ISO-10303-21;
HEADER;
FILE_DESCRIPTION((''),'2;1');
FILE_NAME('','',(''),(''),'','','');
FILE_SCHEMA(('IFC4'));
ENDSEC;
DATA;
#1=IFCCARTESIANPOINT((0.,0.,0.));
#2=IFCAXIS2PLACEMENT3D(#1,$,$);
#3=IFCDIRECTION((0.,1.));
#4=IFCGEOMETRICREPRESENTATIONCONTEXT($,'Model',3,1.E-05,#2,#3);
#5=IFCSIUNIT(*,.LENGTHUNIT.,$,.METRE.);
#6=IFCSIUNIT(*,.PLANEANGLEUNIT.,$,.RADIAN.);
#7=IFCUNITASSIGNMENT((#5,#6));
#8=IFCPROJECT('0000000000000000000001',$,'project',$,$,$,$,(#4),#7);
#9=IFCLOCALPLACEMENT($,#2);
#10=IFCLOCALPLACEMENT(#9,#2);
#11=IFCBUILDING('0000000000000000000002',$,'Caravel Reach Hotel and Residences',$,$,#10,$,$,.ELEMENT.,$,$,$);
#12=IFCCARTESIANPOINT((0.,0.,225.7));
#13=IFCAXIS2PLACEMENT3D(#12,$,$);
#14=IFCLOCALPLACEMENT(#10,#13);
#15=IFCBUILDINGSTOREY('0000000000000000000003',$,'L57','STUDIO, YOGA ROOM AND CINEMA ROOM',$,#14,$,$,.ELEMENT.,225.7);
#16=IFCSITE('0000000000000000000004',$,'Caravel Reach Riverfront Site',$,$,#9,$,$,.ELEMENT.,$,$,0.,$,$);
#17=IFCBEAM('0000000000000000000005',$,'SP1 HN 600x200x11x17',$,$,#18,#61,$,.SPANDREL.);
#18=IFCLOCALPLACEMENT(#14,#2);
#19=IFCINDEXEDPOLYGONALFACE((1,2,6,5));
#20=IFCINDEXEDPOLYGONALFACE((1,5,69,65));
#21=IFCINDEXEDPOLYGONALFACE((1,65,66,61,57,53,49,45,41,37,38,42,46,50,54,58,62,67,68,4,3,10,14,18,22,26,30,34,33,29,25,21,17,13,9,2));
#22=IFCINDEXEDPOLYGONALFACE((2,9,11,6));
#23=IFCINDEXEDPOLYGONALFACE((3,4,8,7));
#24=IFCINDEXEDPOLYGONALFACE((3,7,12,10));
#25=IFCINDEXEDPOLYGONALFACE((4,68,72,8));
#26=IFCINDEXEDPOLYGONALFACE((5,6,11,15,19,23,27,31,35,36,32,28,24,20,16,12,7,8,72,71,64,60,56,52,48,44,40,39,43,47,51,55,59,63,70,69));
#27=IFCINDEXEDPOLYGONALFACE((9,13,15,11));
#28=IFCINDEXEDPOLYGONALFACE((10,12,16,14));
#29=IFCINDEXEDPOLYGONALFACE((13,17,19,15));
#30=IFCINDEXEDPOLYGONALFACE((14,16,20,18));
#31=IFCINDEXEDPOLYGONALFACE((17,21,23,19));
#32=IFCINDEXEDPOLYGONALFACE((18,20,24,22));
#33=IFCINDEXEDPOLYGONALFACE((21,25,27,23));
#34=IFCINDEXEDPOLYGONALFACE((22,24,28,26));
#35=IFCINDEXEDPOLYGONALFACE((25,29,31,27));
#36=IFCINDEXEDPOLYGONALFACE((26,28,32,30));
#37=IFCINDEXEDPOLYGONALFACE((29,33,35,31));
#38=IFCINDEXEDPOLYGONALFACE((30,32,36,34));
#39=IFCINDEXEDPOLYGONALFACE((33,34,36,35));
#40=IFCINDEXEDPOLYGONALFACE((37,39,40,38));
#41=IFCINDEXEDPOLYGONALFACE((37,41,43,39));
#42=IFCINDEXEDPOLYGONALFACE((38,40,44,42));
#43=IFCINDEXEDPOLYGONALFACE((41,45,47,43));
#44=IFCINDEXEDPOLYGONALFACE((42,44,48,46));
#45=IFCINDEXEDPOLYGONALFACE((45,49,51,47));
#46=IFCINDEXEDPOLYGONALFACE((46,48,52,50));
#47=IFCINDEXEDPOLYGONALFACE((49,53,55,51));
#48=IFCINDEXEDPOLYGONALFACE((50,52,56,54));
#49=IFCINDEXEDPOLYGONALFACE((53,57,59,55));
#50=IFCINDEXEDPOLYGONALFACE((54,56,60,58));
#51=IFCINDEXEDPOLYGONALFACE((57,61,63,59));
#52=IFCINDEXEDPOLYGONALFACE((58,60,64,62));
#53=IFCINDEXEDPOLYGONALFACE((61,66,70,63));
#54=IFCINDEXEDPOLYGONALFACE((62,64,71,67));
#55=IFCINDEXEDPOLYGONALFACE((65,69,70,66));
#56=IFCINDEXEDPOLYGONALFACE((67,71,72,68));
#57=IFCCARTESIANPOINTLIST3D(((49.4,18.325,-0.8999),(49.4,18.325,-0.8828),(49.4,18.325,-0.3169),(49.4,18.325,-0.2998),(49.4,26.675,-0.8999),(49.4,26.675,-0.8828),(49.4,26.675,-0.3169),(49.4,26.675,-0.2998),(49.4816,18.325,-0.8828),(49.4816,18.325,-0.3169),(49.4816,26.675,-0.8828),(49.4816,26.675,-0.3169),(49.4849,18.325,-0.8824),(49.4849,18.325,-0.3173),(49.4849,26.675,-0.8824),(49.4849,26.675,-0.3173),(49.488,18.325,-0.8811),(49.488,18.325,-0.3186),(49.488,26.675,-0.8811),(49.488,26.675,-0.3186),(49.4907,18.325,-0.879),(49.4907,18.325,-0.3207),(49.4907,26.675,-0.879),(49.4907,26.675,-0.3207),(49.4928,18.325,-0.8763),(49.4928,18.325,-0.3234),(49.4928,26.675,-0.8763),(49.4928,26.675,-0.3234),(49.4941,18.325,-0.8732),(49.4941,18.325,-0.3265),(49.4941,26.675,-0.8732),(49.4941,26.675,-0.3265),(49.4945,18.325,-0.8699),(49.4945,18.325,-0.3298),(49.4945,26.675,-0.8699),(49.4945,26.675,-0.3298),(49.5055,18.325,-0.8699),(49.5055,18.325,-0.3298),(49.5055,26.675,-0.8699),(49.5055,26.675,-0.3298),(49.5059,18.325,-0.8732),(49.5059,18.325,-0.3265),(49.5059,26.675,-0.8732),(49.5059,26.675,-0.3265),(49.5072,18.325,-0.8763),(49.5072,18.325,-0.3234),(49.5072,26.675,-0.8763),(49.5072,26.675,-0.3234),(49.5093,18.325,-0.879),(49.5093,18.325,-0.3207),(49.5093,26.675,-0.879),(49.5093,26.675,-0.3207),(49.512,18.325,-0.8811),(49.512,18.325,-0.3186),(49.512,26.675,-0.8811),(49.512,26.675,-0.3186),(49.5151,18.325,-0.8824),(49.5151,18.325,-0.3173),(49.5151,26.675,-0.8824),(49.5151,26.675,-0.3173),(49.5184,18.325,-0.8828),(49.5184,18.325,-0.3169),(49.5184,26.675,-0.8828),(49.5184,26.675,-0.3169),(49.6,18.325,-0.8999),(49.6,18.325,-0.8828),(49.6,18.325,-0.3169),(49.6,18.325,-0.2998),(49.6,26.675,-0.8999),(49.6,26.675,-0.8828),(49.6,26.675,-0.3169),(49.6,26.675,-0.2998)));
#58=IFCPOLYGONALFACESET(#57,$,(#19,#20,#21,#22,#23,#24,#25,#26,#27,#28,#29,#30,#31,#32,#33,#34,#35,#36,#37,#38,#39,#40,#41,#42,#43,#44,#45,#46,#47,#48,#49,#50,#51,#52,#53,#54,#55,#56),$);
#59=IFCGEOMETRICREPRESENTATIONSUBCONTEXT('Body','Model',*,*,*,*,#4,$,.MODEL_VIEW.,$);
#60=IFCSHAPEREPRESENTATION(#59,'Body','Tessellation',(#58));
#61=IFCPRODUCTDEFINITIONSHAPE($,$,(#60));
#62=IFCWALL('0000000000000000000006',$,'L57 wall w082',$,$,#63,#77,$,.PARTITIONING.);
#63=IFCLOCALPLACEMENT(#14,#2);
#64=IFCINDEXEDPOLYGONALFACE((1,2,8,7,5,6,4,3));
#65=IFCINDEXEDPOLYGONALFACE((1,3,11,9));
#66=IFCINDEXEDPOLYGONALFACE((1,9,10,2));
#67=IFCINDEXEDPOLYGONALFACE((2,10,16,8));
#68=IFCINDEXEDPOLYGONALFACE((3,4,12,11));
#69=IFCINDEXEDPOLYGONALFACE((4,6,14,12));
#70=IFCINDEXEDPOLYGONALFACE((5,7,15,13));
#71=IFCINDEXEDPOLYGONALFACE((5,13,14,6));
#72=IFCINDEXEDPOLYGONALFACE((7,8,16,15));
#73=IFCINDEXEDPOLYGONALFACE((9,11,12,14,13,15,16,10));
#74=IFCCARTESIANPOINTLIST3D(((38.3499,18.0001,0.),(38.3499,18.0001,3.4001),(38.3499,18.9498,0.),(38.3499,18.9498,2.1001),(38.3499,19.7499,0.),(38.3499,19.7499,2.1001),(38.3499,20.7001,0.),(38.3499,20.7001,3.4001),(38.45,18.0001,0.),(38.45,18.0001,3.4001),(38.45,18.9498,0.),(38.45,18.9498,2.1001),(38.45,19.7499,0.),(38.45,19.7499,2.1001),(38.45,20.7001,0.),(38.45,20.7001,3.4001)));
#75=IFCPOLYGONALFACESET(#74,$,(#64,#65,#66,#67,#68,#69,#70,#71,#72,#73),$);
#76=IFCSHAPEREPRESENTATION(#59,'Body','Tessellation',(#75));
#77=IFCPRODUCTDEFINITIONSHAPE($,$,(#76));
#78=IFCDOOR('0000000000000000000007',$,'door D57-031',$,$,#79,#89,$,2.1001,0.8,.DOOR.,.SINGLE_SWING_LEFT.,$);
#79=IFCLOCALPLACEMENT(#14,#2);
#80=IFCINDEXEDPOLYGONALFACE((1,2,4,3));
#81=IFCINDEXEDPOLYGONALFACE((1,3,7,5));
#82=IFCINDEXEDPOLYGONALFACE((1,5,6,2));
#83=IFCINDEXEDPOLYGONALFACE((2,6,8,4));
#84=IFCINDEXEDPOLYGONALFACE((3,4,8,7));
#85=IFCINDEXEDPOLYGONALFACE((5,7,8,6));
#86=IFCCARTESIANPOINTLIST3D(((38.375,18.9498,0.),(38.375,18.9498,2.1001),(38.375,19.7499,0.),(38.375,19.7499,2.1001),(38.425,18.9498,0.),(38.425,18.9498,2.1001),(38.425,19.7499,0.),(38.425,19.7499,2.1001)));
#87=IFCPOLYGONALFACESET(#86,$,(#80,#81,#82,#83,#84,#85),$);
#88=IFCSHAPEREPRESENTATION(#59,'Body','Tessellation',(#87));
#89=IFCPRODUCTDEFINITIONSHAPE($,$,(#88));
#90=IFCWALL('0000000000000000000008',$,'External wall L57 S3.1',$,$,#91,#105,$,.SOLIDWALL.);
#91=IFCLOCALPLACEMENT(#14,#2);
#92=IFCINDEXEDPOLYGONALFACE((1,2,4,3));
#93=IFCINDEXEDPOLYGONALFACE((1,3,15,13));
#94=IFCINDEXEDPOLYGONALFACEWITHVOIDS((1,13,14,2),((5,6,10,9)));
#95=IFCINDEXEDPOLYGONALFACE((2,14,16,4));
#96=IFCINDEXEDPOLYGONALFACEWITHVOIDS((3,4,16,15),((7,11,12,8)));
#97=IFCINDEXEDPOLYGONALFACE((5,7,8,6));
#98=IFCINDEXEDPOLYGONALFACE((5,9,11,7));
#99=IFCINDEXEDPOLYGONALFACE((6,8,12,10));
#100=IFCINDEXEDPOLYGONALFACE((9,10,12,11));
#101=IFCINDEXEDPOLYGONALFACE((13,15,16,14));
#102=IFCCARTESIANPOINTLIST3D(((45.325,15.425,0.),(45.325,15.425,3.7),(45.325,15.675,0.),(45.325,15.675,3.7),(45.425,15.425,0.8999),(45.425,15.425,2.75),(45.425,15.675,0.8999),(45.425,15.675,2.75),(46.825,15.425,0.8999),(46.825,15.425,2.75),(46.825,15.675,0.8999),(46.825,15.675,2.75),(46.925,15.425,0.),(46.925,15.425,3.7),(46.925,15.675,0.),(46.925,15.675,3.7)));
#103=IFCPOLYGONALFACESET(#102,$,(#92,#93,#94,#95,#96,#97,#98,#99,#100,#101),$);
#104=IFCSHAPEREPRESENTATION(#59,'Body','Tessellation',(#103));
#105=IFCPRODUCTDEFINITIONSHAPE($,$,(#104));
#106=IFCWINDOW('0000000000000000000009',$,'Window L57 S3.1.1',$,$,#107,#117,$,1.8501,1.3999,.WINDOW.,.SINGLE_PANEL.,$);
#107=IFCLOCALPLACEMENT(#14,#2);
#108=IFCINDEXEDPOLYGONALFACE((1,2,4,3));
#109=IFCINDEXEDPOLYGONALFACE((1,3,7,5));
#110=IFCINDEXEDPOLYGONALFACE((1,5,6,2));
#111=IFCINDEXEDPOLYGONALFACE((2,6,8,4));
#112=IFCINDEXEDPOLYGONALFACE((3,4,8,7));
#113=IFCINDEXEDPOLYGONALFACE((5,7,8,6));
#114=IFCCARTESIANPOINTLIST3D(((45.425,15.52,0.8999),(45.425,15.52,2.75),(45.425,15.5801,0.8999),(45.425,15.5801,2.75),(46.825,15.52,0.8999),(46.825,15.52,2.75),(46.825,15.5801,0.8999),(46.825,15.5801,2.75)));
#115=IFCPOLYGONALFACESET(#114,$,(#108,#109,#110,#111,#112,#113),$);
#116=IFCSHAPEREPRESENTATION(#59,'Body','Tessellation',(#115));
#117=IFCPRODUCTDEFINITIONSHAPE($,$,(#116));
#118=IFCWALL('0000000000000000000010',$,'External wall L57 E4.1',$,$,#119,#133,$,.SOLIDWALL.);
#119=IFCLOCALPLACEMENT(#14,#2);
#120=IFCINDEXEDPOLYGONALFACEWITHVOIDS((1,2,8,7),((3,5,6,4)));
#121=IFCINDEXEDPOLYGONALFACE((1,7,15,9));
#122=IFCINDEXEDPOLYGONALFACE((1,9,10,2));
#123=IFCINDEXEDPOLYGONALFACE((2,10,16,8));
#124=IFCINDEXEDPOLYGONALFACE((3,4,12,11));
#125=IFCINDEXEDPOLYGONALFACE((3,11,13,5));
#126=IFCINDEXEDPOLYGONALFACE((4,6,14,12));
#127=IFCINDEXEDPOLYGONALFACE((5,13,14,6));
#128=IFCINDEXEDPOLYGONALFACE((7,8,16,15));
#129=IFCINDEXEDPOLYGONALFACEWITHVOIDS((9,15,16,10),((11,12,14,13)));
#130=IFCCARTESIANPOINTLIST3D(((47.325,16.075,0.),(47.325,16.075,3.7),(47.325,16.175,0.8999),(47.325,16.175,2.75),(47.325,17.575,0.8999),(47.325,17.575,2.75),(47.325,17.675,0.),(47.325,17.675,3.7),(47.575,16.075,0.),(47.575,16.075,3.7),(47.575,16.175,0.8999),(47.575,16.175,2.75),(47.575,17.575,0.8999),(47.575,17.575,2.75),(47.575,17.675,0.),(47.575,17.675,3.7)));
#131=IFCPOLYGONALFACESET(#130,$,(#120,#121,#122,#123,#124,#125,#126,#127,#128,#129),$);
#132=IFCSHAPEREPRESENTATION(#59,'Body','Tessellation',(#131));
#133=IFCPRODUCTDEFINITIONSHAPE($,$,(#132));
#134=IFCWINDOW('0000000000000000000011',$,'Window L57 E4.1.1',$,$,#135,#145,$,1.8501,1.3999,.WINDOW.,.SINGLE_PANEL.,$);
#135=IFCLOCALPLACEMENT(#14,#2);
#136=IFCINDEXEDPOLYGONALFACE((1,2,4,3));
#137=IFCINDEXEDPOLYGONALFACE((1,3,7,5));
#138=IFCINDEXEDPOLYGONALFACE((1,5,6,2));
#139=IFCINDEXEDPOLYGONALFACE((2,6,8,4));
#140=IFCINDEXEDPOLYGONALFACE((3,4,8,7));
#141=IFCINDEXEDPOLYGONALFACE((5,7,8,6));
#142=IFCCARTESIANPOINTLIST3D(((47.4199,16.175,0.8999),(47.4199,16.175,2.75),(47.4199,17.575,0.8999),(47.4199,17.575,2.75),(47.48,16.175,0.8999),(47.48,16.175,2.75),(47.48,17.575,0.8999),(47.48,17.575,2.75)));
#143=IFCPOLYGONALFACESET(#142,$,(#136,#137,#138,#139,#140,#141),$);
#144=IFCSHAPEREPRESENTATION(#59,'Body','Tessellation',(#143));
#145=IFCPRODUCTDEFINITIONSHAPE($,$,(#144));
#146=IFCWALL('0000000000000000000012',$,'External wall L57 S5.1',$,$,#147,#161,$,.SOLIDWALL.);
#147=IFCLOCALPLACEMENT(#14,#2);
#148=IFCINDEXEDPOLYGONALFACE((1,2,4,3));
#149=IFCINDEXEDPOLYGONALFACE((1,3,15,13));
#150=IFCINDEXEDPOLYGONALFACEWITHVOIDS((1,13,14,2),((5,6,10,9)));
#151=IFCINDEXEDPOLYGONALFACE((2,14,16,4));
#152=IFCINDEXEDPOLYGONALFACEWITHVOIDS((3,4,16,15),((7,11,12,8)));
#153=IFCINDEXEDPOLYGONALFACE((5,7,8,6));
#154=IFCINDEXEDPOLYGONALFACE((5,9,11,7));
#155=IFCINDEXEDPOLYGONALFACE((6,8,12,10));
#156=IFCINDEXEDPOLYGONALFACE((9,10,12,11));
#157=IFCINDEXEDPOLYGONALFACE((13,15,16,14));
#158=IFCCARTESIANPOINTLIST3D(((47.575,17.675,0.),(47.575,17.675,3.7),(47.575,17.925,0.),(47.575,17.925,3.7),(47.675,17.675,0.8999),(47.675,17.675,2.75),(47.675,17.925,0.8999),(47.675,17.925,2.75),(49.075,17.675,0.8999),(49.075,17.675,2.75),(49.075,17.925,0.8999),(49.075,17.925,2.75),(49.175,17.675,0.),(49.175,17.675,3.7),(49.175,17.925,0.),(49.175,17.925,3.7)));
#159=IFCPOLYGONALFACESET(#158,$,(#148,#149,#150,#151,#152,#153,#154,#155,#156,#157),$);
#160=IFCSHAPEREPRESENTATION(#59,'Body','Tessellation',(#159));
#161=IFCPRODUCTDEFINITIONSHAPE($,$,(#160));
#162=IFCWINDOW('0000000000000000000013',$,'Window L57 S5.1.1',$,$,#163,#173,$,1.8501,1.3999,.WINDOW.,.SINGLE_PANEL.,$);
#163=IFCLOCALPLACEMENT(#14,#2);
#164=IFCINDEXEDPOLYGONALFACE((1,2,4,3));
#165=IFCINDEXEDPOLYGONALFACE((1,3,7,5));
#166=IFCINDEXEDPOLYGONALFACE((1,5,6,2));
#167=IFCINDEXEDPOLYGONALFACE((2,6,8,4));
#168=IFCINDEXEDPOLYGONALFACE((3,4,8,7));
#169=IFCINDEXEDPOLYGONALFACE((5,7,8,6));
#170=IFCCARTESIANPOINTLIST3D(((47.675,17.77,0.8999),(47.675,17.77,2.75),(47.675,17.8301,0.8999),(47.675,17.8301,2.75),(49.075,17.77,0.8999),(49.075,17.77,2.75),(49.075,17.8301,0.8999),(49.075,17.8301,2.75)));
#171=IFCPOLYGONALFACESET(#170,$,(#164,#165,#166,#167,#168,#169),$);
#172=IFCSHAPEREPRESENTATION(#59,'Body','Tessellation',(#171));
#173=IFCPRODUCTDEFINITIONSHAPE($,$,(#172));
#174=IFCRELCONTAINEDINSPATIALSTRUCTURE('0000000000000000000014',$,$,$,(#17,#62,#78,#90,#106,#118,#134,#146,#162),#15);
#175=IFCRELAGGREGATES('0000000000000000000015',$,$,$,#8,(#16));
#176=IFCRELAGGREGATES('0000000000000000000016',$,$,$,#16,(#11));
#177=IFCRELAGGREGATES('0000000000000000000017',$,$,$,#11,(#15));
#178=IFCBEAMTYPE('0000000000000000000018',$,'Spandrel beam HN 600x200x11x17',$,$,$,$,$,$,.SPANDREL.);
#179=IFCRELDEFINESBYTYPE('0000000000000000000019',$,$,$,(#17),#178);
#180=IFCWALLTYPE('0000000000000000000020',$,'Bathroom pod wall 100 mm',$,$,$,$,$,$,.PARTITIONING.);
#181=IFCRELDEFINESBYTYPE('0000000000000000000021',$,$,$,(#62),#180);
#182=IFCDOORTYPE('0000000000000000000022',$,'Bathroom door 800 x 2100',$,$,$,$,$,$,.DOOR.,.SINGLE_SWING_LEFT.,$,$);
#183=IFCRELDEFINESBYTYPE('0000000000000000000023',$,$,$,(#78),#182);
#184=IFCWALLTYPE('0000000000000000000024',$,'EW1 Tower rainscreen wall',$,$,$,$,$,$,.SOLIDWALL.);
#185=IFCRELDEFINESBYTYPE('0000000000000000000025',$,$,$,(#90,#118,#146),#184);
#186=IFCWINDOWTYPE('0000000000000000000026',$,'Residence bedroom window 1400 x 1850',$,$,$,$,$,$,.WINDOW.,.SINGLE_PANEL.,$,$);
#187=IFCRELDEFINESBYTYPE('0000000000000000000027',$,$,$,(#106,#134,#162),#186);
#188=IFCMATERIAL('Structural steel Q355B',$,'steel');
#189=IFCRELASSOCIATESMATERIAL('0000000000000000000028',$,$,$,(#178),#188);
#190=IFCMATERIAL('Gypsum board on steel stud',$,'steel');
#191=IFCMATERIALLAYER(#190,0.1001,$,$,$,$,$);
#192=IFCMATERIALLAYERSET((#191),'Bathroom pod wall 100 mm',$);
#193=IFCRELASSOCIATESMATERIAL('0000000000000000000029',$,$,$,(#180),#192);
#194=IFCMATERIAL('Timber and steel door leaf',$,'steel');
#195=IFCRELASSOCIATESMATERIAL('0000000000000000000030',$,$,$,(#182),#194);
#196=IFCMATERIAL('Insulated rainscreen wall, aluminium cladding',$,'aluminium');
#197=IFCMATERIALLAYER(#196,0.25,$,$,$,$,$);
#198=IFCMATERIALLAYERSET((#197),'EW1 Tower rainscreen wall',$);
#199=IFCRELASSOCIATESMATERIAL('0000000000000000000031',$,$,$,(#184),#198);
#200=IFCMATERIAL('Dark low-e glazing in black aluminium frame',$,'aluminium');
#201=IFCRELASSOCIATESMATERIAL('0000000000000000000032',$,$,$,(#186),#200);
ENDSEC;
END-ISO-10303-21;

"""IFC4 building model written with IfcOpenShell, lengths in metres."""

from ifc_helpers import new_model, si_unit, direction, frame, frame_2d, origin, origin_2d, place, context, subcontext, project, spatial, rectangle, i_section, extrude, material, layer, layer_set, material_profile, profile_set, type_object, element, fill, save


model = new_model("IFC4")

# Units and contexts
model_context = context("Model", 3, precision=1e-05, world=origin(), true_north=direction((0.0, 1.0)))
body_context = subcontext(model_context, "Body", "Model", "MODEL_VIEW")
ifc_project = project(units=[si_unit("LENGTHUNIT", "METRE"), si_unit("PLANEANGLEUNIT", "RADIAN")], contexts=[model_context])

# Site, building, storey
site_placement = place(None, origin())
site = spatial("IfcSite", under=ifc_project, at=site_placement, Name="Caravel Reach Riverfront Site", CompositionType="ELEMENT", RefElevation=0.0)
building_placement = place(site_placement, origin())
building = spatial("IfcBuilding", under=site, at=building_placement, Name="Caravel Reach Hotel and Residences", CompositionType="ELEMENT")
storey_placement = place(building_placement, frame((0.0, 0.0, 225.7)))
storey = spatial("IfcBuildingStorey", under=building, at=storey_placement, Name="L57", Description="STUDIO, YOGA ROOM AND CINEMA ROOM", CompositionType="ELEMENT", Elevation=225.7)

# Beam
ifc_material_1 = material(Name="Structural steel Q355B", Category="steel")
ifc_material_profile_1 = material_profile(ifc_material_1, i_section(OverallWidth=0.2, OverallDepth=0.6001, WebThickness=0.011, FlangeThickness=0.0171, FilletRadius=0.0129, at=origin_2d()), Name="HN 600x200x11x17")
ifc_profile_set_1 = profile_set([ifc_material_profile_1], Name="Structural steel Q355B")
beam_type = type_object("IfcBeamType", Name="Spandrel beam HN 600x200x11x17", PredefinedType="SPANDREL", material=ifc_profile_set_1)
beam_placement = place(storey_placement, frame((49.5, 18.325, -0.5999), z_axis=(0.0, 1.0, 0.0), x_axis=(-1.0, 0.0, 0.0)))
element("IfcBeam", 1, at=beam_placement, inside=storey, type_object=beam_type, Name="SP1 HN 600x200x11x17", PredefinedType="SPANDREL", context=body_context, shape_type="SweptSolid", body=[
    extrude(i_section(OverallWidth=0.2, OverallDepth=0.6001, WebThickness=0.011, FlangeThickness=0.0171, FilletRadius=0.0129, at=origin_2d()), origin(), (0.0, 0.0, 1.0), 8.3501),
])

# Wall, opening, door
ifc_material_2 = material(Name="Gypsum board on steel stud", Category="steel")
ifc_layer_1 = layer(ifc_material_2, 0.1001)
ifc_layer_set_1 = layer_set([ifc_layer_1], Name="Bathroom pod wall 100 mm")
wall_type_1 = type_object("IfcWallType", Name="Bathroom pod wall 100 mm", PredefinedType="PARTITIONING", material=ifc_layer_set_1)
wall_1_placement = place(storey_placement, frame((38.3999, 18.0, 0.0), z_axis=(0.0, 0.0, 1.0), x_axis=(0.0, 1.0, 0.0)))
wall_1 = element("IfcWall", 2, at=wall_1_placement, inside=storey, type_object=wall_type_1, Name="L57 wall w082", PredefinedType="PARTITIONING", context=body_context, shape_type="SweptSolid", body=[
    extrude(rectangle(XDim=2.7, YDim=0.1001, at=frame_2d((1.3501, 0.0))), origin(), (0.0, 0.0, 1.0), 3.4001),
])
opening_1_placement = place(wall_1_placement, frame((0.95, 0.0, 0.0)))
opening_1 = element("IfcOpeningElement", 3, at=opening_1_placement, cuts=wall_1, PredefinedType="OPENING", context=body_context, shape_type="SweptSolid", body=[
    extrude(rectangle(XDim=0.8, YDim=2.1001, at=frame_2d((0.3999, 1.05))), frame((0.0, 0.0601, 0.0), z_axis=(0.0, -1.0, 0.0), x_axis=(1.0, 0.0, 0.0)), (0.0, 0.0, 1.0), 0.1201),
])
ifc_material_3 = material(Name="Timber and steel door leaf", Category="steel")
door_type_1 = type_object("IfcDoorType", Name="Bathroom door 800 x 2100", OperationType="SINGLE_SWING_LEFT", PredefinedType="DOOR", material=ifc_material_3)
door_1_placement = place(opening_1_placement, origin())
door_1 = element("IfcDoor", 4, at=door_1_placement, inside=storey, type_object=door_type_1, Name="door D57-031", OperationType="SINGLE_SWING_LEFT", OverallHeight=2.1001, OverallWidth=0.8, PredefinedType="DOOR", context=body_context, shape_type="SweptSolid", body=[
    extrude(rectangle(XDim=0.8, YDim=2.1001, at=frame_2d((0.3999, 1.05))), frame((0.0, 0.0249, 0.0), z_axis=(0.0, -1.0, 0.0), x_axis=(1.0, 0.0, 0.0)), (0.0, 0.0, 1.0), 0.05),
])
fill(opening_1, door_1)

# Walls, openings, windows
ifc_material_4 = material(Name="Insulated rainscreen wall, aluminium cladding", Category="aluminium")
ifc_layer_2 = layer(ifc_material_4, 0.25)
ifc_layer_set_2 = layer_set([ifc_layer_2], Name="EW1 Tower rainscreen wall")
wall_type_2 = type_object("IfcWallType", Name="EW1 Tower rainscreen wall", PredefinedType="SOLIDWALL", material=ifc_layer_set_2)
wall_2_placement = place(storey_placement, frame((45.325, 15.55, 0.0), z_axis=(0.0, 0.0, 1.0), x_axis=(1.0, 0.0, 0.0)))
wall_2 = element("IfcWall", 5, at=wall_2_placement, inside=storey, type_object=wall_type_2, Name="External wall L57 S3.1", PredefinedType="SOLIDWALL", context=body_context, shape_type="SweptSolid", body=[
    extrude(rectangle(XDim=1.6001, YDim=0.25, at=frame_2d((0.8, 0.0))), origin(), (0.0, 0.0, 1.0), 3.7),
])
opening_2_placement = place(wall_2_placement, frame((0.1001, 0.0, 0.8999)))
opening_2 = element("IfcOpeningElement", 6, at=opening_2_placement, cuts=wall_2, PredefinedType="OPENING", context=body_context, shape_type="SweptSolid", body=[
    extrude(rectangle(XDim=1.3999, YDim=1.8501, at=frame_2d((0.7, 0.925))), frame((0.0, 0.135, 0.0), z_axis=(0.0, -1.0, 0.0), x_axis=(1.0, 0.0, 0.0)), (0.0, 0.0, 1.0), 0.27),
])
ifc_material_5 = material(Name="Dark low-e glazing in black aluminium frame", Category="aluminium")
window_type_1 = type_object("IfcWindowType", Name="Residence bedroom window 1400 x 1850", PartitioningType="SINGLE_PANEL", PredefinedType="WINDOW", material=ifc_material_5)
window_1_placement = place(opening_2_placement, origin())
window_1 = element("IfcWindow", 7, at=window_1_placement, inside=storey, type_object=window_type_1, Name="Window L57 S3.1.1", OverallHeight=1.8501, OverallWidth=1.3999, PartitioningType="SINGLE_PANEL", PredefinedType="WINDOW", context=body_context, shape_type="SweptSolid", body=[
    extrude(rectangle(XDim=1.3999, YDim=1.8501, at=frame_2d((0.7, 0.925))), frame((0.0, 0.03, 0.0), z_axis=(0.0, -1.0, 0.0), x_axis=(1.0, 0.0, 0.0)), (0.0, 0.0, 1.0), 0.0601),
])
fill(opening_2, window_1)
wall_3_placement = place(storey_placement, frame((47.45, 16.075, 0.0), z_axis=(0.0, 0.0, 1.0), x_axis=(0.0, 1.0, 0.0)))
wall_3 = element("IfcWall", 8, at=wall_3_placement, inside=storey, type_object=wall_type_2, Name="External wall L57 E4.1", PredefinedType="SOLIDWALL", context=body_context, shape_type="SweptSolid", body=[
    extrude(rectangle(XDim=1.6001, YDim=0.25, at=frame_2d((0.8, 0.0))), origin(), (0.0, 0.0, 1.0), 3.7),
])
opening_3_placement = place(wall_3_placement, frame((0.1001, 0.0, 0.8999)))
opening_3 = element("IfcOpeningElement", 9, at=opening_3_placement, cuts=wall_3, PredefinedType="OPENING", context=body_context, shape_type="SweptSolid", body=[
    extrude(rectangle(XDim=1.3999, YDim=1.8501, at=frame_2d((0.7, 0.925))), frame((0.0, 0.135, 0.0), z_axis=(0.0, -1.0, 0.0), x_axis=(1.0, 0.0, 0.0)), (0.0, 0.0, 1.0), 0.27),
])
window_2_placement = place(opening_3_placement, origin())
window_2 = element("IfcWindow", 10, at=window_2_placement, inside=storey, type_object=window_type_1, Name="Window L57 E4.1.1", OverallHeight=1.8501, OverallWidth=1.3999, PartitioningType="SINGLE_PANEL", PredefinedType="WINDOW", context=body_context, shape_type="SweptSolid", body=[
    extrude(rectangle(XDim=1.3999, YDim=1.8501, at=frame_2d((0.7, 0.925))), frame((0.0, 0.03, 0.0), z_axis=(0.0, -1.0, 0.0), x_axis=(1.0, 0.0, 0.0)), (0.0, 0.0, 1.0), 0.0601),
])
fill(opening_3, window_2)
wall_4_placement = place(storey_placement, frame((47.575, 17.8, 0.0), z_axis=(0.0, 0.0, 1.0), x_axis=(1.0, 0.0, 0.0)))
wall_4 = element("IfcWall", 11, at=wall_4_placement, inside=storey, type_object=wall_type_2, Name="External wall L57 S5.1", PredefinedType="SOLIDWALL", context=body_context, shape_type="SweptSolid", body=[
    extrude(rectangle(XDim=1.6001, YDim=0.25, at=frame_2d((0.8, 0.0))), origin(), (0.0, 0.0, 1.0), 3.7),
])
opening_4_placement = place(wall_4_placement, frame((0.1001, 0.0, 0.8999)))
opening_4 = element("IfcOpeningElement", 12, at=opening_4_placement, cuts=wall_4, PredefinedType="OPENING", context=body_context, shape_type="SweptSolid", body=[
    extrude(rectangle(XDim=1.3999, YDim=1.8501, at=frame_2d((0.7, 0.925))), frame((0.0, 0.135, 0.0), z_axis=(0.0, -1.0, 0.0), x_axis=(1.0, 0.0, 0.0)), (0.0, 0.0, 1.0), 0.27),
])
window_3_placement = place(opening_4_placement, origin())
window_3 = element("IfcWindow", 13, at=window_3_placement, inside=storey, type_object=window_type_1, Name="Window L57 S5.1.1", OverallHeight=1.8501, OverallWidth=1.3999, PartitioningType="SINGLE_PANEL", PredefinedType="WINDOW", context=body_context, shape_type="SweptSolid", body=[
    extrude(rectangle(XDim=1.3999, YDim=1.8501, at=frame_2d((0.7, 0.925))), frame((0.0, 0.03, 0.0), z_axis=(0.0, -1.0, 0.0), x_axis=(1.0, 0.0, 0.0)), (0.0, 0.0, 1.0), 0.0601),
])
fill(opening_4, window_3)

save(model, "model.ifc")
